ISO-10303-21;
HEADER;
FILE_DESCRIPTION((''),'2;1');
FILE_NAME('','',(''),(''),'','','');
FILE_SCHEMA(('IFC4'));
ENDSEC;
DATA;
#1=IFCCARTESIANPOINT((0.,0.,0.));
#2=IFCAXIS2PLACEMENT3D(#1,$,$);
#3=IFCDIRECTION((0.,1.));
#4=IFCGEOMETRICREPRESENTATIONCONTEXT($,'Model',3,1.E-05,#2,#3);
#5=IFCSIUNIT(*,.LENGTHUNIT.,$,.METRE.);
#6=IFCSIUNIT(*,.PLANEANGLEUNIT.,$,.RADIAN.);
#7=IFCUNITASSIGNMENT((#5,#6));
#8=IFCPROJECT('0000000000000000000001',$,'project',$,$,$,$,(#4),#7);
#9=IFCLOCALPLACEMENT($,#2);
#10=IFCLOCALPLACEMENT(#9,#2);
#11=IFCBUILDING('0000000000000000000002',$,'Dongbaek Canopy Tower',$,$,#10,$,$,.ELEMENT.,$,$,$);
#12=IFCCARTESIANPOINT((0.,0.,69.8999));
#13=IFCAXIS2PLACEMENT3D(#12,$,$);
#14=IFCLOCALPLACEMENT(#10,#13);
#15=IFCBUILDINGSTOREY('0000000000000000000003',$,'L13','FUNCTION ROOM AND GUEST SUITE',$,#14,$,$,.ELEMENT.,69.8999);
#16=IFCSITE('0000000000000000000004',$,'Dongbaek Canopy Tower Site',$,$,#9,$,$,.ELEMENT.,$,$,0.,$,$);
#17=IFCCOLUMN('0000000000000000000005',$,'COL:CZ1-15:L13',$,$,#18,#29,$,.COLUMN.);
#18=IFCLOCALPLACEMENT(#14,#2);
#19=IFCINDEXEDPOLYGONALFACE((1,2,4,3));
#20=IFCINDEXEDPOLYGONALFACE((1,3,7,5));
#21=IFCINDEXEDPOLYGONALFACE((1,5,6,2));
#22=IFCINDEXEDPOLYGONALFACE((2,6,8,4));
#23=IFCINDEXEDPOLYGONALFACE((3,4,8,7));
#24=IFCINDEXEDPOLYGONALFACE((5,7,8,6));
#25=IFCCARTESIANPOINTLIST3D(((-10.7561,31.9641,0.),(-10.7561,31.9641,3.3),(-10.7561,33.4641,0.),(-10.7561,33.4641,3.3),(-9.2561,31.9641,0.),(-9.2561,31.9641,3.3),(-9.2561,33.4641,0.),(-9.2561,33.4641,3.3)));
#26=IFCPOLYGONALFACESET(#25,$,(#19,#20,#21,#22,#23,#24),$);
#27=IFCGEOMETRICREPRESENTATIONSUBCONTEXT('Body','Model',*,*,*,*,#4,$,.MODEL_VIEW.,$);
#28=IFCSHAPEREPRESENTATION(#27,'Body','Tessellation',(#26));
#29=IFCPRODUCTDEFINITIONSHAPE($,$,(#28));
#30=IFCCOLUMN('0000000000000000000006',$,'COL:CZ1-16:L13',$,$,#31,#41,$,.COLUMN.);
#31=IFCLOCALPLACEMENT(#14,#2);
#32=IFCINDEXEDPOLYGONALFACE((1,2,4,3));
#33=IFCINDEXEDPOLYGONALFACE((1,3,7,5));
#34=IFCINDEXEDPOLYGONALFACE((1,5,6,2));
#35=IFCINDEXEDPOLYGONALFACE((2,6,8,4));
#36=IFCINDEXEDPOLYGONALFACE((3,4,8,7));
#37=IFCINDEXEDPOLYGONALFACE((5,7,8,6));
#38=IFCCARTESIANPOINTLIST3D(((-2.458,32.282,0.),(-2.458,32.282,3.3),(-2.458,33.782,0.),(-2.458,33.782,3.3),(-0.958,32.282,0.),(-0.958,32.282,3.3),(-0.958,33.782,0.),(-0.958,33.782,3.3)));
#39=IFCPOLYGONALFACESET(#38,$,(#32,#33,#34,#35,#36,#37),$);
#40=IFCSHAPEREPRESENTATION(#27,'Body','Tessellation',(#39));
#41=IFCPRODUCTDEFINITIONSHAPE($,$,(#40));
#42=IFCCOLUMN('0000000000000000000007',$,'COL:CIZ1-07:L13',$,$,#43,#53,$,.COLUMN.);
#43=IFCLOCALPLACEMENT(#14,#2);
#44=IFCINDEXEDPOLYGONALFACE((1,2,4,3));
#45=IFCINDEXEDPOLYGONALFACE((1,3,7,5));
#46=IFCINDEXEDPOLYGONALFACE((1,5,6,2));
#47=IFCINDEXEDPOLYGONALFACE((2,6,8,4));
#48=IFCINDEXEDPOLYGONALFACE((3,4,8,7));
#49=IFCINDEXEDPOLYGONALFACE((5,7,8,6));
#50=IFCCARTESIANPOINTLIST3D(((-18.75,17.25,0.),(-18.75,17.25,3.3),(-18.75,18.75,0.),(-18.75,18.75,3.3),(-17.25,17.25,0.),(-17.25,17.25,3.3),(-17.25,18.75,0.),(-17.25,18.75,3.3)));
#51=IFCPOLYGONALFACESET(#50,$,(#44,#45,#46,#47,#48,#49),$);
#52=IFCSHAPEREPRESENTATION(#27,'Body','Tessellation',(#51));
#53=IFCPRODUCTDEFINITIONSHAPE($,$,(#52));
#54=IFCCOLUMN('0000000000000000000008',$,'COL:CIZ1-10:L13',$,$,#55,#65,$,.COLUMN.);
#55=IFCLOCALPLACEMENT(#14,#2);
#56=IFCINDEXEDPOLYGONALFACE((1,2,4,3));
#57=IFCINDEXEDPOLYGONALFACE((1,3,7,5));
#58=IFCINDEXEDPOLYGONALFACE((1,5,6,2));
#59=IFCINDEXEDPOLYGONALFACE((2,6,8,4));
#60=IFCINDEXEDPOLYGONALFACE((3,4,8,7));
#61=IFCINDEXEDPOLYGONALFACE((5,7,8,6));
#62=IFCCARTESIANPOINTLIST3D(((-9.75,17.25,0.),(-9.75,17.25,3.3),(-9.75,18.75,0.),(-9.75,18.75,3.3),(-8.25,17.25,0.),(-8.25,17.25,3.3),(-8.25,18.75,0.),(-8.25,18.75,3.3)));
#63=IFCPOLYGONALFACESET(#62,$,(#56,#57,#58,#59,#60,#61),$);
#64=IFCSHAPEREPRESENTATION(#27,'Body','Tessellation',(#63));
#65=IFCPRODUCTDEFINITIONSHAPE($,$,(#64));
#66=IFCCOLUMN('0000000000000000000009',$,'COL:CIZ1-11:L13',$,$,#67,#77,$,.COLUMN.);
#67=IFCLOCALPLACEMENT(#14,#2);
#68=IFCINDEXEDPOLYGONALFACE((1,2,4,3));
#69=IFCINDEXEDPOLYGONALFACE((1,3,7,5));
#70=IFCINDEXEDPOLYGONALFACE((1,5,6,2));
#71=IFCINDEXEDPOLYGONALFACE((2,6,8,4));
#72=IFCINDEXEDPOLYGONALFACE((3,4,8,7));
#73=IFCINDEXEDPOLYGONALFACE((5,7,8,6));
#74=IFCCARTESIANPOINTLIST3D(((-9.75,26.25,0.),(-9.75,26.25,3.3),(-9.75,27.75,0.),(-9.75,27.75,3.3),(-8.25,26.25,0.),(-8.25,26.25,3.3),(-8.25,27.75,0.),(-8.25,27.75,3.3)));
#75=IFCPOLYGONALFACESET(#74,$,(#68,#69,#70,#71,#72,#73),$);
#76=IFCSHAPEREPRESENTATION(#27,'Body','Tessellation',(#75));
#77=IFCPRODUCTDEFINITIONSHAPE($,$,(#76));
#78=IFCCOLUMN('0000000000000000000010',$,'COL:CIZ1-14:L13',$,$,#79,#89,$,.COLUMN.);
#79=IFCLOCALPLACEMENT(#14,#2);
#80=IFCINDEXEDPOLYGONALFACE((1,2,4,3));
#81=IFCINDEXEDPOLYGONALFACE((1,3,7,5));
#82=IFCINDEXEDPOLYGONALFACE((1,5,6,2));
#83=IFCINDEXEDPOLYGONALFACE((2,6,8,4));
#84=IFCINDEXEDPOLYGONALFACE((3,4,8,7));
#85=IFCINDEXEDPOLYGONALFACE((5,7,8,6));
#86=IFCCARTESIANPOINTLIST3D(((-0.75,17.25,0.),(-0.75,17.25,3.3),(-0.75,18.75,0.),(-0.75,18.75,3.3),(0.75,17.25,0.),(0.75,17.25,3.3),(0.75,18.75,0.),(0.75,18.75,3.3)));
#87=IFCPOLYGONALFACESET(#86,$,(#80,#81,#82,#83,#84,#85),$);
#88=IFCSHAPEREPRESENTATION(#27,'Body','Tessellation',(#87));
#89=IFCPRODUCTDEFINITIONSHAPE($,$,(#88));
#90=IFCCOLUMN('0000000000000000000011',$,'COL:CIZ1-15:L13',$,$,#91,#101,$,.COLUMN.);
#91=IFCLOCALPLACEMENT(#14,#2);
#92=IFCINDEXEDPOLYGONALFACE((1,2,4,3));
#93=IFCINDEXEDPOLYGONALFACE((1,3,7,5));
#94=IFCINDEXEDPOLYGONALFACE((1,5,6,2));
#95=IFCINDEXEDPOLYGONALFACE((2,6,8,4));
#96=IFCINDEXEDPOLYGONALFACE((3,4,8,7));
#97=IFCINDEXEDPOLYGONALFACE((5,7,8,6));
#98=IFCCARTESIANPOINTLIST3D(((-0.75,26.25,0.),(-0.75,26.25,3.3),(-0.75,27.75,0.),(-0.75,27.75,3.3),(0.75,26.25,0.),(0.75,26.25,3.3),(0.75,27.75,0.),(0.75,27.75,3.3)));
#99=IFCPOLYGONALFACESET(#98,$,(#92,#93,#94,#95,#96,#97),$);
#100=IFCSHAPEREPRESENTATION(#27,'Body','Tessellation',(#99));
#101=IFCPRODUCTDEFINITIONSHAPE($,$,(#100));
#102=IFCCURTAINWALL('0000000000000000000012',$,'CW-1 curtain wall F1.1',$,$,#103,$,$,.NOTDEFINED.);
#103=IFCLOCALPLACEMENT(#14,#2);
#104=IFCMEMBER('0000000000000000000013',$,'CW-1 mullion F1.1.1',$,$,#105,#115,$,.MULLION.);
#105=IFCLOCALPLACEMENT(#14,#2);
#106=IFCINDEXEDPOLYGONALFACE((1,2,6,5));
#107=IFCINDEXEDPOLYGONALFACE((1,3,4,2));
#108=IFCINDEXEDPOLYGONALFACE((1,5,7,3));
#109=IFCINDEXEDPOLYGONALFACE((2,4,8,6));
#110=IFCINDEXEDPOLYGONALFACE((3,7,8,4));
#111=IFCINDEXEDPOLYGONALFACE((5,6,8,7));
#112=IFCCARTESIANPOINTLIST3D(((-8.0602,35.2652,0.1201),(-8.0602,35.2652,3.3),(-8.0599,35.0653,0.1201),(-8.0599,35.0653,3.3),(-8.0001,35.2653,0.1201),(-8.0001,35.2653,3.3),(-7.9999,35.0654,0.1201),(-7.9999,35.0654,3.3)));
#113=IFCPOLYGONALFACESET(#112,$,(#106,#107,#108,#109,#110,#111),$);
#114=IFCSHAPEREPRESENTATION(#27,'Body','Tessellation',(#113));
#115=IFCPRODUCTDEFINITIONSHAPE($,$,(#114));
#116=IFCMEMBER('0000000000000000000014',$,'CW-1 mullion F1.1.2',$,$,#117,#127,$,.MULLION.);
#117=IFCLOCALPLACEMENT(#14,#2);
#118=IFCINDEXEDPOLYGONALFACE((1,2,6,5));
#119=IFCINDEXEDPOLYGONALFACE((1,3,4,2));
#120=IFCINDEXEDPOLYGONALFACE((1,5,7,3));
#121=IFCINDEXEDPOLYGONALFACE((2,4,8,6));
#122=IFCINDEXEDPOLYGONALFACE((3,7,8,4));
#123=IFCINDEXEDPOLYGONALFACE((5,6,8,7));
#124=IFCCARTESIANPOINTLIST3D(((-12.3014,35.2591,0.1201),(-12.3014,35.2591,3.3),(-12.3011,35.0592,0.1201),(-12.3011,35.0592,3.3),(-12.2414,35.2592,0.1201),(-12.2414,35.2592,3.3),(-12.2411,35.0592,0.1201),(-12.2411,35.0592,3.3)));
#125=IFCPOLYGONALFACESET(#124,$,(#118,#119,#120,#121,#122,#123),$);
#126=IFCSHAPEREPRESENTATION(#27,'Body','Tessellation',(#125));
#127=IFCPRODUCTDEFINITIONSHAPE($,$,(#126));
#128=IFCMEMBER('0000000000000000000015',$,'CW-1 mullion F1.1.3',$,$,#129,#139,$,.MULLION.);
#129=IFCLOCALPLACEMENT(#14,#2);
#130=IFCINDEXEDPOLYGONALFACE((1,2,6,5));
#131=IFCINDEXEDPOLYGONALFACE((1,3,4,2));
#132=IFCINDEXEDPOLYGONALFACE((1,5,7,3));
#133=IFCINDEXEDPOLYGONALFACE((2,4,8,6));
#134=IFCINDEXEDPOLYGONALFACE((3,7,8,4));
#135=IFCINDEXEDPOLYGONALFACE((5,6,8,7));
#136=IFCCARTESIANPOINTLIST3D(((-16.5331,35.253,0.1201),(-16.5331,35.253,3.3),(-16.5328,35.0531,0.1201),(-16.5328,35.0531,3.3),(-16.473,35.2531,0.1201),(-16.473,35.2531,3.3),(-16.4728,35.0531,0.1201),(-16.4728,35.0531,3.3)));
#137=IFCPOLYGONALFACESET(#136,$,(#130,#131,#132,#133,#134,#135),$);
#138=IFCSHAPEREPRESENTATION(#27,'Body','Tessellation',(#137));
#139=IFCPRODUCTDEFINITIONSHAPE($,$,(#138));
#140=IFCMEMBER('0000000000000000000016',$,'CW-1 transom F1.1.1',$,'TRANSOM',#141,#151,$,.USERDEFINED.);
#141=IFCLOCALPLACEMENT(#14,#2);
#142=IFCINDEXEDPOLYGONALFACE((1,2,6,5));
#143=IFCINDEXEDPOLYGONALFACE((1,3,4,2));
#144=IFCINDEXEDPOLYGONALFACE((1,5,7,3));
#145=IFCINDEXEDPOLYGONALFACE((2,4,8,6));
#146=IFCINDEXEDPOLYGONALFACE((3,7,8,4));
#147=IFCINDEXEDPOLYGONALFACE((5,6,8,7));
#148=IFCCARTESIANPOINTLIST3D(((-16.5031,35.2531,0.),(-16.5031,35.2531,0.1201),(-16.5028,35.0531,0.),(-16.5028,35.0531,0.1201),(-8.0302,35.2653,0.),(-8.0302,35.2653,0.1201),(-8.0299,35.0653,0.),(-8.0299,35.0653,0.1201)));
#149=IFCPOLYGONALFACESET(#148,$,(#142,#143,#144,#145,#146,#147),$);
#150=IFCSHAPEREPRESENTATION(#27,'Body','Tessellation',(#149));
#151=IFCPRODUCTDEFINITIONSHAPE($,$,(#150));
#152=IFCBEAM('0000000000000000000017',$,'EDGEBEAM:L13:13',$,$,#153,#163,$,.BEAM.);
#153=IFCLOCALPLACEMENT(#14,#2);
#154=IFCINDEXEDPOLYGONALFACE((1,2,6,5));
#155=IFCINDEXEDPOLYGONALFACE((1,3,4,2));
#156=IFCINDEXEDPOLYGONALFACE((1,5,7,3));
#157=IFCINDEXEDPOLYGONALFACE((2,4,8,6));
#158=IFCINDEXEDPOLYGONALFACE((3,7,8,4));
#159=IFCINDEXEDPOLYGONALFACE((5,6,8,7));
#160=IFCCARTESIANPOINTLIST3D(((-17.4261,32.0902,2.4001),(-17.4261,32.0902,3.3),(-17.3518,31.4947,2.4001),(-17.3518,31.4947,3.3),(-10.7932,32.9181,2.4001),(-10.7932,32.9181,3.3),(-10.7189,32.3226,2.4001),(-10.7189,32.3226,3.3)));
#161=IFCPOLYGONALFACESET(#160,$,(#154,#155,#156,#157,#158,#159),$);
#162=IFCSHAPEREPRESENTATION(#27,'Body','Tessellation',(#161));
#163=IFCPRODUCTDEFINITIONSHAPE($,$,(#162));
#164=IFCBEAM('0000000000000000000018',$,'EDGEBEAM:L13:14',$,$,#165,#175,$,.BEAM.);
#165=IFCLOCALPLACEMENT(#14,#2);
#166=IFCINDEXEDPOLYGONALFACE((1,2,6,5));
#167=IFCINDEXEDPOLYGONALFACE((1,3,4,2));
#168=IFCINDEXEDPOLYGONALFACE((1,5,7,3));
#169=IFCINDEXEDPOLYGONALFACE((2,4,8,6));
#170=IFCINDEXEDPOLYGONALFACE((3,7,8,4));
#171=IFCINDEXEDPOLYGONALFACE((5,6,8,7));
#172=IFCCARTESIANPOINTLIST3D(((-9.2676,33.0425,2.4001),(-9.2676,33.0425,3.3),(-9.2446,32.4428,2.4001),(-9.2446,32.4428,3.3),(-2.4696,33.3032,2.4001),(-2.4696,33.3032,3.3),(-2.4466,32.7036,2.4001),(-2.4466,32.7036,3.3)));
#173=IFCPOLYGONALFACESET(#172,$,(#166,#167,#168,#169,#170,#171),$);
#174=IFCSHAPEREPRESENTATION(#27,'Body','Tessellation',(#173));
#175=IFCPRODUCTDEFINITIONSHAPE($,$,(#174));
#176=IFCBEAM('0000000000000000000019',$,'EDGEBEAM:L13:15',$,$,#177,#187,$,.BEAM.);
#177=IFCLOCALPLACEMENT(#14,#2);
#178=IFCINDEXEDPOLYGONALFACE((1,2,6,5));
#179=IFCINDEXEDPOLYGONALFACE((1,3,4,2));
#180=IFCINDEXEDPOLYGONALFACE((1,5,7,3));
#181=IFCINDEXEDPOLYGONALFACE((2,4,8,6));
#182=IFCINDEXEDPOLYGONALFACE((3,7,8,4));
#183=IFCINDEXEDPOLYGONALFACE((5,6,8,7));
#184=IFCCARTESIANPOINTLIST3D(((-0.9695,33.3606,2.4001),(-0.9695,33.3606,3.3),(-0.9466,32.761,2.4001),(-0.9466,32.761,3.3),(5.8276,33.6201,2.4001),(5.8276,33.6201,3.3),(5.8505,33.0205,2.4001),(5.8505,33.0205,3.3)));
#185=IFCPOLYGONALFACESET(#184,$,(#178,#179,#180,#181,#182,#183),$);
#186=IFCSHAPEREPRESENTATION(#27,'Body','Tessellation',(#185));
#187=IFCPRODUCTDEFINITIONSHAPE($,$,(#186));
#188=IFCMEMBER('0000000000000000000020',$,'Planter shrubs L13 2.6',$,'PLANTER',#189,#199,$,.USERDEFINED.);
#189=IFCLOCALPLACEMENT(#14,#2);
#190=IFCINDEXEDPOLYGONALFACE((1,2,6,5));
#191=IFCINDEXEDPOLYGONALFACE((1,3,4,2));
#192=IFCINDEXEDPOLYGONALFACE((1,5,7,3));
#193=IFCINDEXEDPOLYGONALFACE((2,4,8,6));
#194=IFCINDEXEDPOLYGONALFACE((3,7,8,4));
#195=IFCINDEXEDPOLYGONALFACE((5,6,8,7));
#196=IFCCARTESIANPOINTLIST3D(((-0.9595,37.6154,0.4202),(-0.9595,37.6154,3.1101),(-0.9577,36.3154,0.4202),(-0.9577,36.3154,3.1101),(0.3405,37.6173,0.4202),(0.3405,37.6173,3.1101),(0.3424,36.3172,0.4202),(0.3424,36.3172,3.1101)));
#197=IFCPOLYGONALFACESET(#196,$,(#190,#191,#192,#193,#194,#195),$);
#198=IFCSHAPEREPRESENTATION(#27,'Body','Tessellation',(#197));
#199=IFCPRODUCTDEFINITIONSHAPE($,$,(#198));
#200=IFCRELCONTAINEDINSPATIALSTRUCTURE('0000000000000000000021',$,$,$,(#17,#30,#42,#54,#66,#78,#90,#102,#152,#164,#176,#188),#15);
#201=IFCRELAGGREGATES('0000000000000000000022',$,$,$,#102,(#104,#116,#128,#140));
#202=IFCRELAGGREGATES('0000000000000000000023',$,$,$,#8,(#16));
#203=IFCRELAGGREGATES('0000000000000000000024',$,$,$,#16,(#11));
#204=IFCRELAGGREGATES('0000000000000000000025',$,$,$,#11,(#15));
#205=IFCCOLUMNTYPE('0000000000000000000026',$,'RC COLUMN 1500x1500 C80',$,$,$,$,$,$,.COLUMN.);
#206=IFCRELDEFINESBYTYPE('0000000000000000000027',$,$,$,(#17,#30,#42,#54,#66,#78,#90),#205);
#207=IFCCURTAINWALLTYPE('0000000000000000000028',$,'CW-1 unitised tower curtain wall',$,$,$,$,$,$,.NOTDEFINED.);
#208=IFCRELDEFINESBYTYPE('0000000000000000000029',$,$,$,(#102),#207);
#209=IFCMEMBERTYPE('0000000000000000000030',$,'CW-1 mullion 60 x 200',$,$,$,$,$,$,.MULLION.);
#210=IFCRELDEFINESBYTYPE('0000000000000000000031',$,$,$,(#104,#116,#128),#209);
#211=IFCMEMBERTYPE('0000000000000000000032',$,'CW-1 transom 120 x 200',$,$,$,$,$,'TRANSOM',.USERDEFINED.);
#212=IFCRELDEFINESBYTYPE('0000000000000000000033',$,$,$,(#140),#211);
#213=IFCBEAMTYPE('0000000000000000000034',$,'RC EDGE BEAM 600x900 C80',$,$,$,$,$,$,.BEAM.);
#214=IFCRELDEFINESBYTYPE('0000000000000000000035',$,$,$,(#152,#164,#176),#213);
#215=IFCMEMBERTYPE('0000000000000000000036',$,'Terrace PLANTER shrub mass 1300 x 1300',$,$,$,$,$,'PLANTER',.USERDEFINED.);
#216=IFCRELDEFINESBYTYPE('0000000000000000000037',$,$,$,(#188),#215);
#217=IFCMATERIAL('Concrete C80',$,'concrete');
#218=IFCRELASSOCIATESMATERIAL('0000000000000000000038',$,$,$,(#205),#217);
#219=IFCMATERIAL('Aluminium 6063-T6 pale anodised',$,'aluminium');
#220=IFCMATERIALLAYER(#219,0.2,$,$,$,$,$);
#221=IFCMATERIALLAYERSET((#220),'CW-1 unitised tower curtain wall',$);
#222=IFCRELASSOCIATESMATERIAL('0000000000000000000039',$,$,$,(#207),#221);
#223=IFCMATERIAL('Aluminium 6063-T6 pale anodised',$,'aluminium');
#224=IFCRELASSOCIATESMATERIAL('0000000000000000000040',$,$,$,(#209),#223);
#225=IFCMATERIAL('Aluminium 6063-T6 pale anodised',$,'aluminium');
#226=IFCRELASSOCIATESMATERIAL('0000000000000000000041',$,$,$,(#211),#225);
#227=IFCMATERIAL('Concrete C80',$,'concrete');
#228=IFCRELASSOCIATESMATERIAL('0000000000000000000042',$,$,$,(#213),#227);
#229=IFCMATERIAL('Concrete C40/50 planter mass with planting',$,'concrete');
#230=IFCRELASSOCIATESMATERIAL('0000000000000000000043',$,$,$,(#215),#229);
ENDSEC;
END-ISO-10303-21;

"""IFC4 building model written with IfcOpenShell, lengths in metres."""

from ifc_helpers import new_model, si_unit, direction, frame, origin, origin_2d, place, context, subcontext, project, spatial, rectangle, extrude, material, layer, layer_set, material_profile, profile_set, type_object, element, aggregate, save


model = new_model("IFC4")

# Units and contexts
model_context = context("Model", 3, precision=1e-05, world=origin(), true_north=direction((0.0, 1.0)))
body_context = subcontext(model_context, "Body", "Model", "MODEL_VIEW")
ifc_project = project(units=[si_unit("LENGTHUNIT", "METRE"), si_unit("PLANEANGLEUNIT", "RADIAN")], contexts=[model_context])

# Site, building, storey
site_placement = place(None, origin())
site = spatial("IfcSite", under=ifc_project, at=site_placement, Name="Dongbaek Canopy Tower Site", CompositionType="ELEMENT", RefElevation=0.0)
building_placement = place(site_placement, origin())
building = spatial("IfcBuilding", under=site, at=building_placement, Name="Dongbaek Canopy Tower", CompositionType="ELEMENT")
storey_placement = place(building_placement, frame((0.0, 0.0, 69.8999)))
storey = spatial("IfcBuildingStorey", under=building, at=storey_placement, Name="L13", Description="FUNCTION ROOM AND GUEST SUITE", CompositionType="ELEMENT", Elevation=69.8999)

# Columns
ifc_material_1 = material(Name="Concrete C80", Category="concrete")
ifc_material_profile_1 = material_profile(ifc_material_1, rectangle(XDim=1.5, YDim=1.5, at=origin_2d()), Name="RC COLUMN 1500x1500 C80")
ifc_profile_set_1 = profile_set([ifc_material_profile_1], Name="Concrete C80")
column_type = type_object("IfcColumnType", Name="RC COLUMN 1500x1500 C80", PredefinedType="COLUMN", material=ifc_profile_set_1)
for number, where, z_axis, x_axis, name in (
    (1, (-10.0061, 32.7141, 0.0), (0.0, 0.0, 1.0), (1.0, 0.0, 0.0), "COL:CZ1-15:L13"),
    (2, (-1.708, 33.032, 0.0), (0.0, 0.0, 1.0), (1.0, 0.0, 0.0), "COL:CZ1-16:L13"),
    (3, (-18.0, 18.0, 0.0), (0.0, 0.0, 1.0), (1.0, 0.0, 0.0), "COL:CIZ1-07:L13"),
    (4, (-9.0, 18.0, 0.0), (0.0, 0.0, 1.0), (1.0, 0.0, 0.0), "COL:CIZ1-10:L13"),
    (5, (-9.0, 27.0, 0.0), (0.0, 0.0, 1.0), (1.0, 0.0, 0.0), "COL:CIZ1-11:L13"),
    (6, (0.0, 18.0, 0.0), (0.0, 0.0, 1.0), (1.0, 0.0, 0.0), "COL:CIZ1-14:L13"),
    (7, (0.0, 27.0, 0.0), (0.0, 0.0, 1.0), (1.0, 0.0, 0.0), "COL:CIZ1-15:L13"),
):
    element("IfcColumn", number, at=place(storey_placement, frame(where, z_axis=z_axis, x_axis=x_axis)), inside=storey, type_object=column_type, Name=name, PredefinedType="COLUMN", context=body_context, shape_type="SweptSolid", body=[
        extrude(rectangle(XDim=1.5, YDim=1.5, at=origin_2d()), origin(), (0.0, 0.0, 1.0), 3.3),
    ])

# Curtain wall, members
ifc_material_2 = material(Name="Aluminium 6063-T6 pale anodised", Category="aluminium")
ifc_layer_1 = layer(ifc_material_2, 0.2)
ifc_layer_set_1 = layer_set([ifc_layer_1], Name="CW-1 unitised tower curtain wall")
curtain_wall_type = type_object("IfcCurtainWallType", Name="CW-1 unitised tower curtain wall", PredefinedType="NOTDEFINED", material=ifc_layer_set_1)
curtain_wall_1_placement = place(storey_placement, origin())
curtain_wall_1 = element("IfcCurtainWall", 8, at=curtain_wall_1_placement, inside=storey, type_object=curtain_wall_type, Name="CW-1 curtain wall F1.1", PredefinedType="NOTDEFINED")
ifc_material_3 = material(Name="Aluminium 6063-T6 pale anodised", Category="aluminium")
ifc_material_profile_2 = material_profile(ifc_material_3, rectangle(XDim=0.2, YDim=0.0601, at=origin_2d()), Name="CW-1 mullion 60 x 200")
ifc_profile_set_2 = profile_set([ifc_material_profile_2], Name="Aluminium 6063-T6 pale anodised")
member_type_1 = type_object("IfcMemberType", Name="CW-1 mullion 60 x 200", PredefinedType="MULLION", material=ifc_profile_set_2)
member_1_placement = place(storey_placement, frame((-8.03, 35.1653, 0.1201), z_axis=(0.0, 0.0, 1.0), x_axis=(-0.001434, 0.999999, 0.0)))
member_1 = element("IfcMember", 9, at=member_1_placement, type_object=member_type_1, Name="CW-1 mullion F1.1.1", PredefinedType="MULLION", context=body_context, shape_type="SweptSolid", body=[
    extrude(rectangle(XDim=0.2, YDim=0.0601, at=origin_2d()), origin(), (0.0, 0.0, 1.0), 3.1799),
])
member_2_placement = place(storey_placement, frame((-12.2712, 35.1592, 0.1201), z_axis=(0.0, 0.0, 1.0), x_axis=(-0.001434, 0.999999, 0.0)))
member_2 = element("IfcMember", 10, at=member_2_placement, type_object=member_type_1, Name="CW-1 mullion F1.1.2", PredefinedType="MULLION", context=body_context, shape_type="SweptSolid", body=[
    extrude(rectangle(XDim=0.2, YDim=0.0601, at=origin_2d()), origin(), (0.0, 0.0, 1.0), 3.1799),
])
member_3_placement = place(storey_placement, frame((-16.5029, 35.1531, 0.1201), z_axis=(0.0, 0.0, 1.0), x_axis=(-0.001434, 0.999999, 0.0)))
member_3 = element("IfcMember", 11, at=member_3_placement, type_object=member_type_1, Name="CW-1 mullion F1.1.3", PredefinedType="MULLION", context=body_context, shape_type="SweptSolid", body=[
    extrude(rectangle(XDim=0.2, YDim=0.0601, at=origin_2d()), origin(), (0.0, 0.0, 1.0), 3.1799),
])
ifc_material_4 = material(Name="Aluminium 6063-T6 pale anodised", Category="aluminium")
ifc_material_profile_3 = material_profile(ifc_material_4, rectangle(XDim=0.2, YDim=0.1201, at=origin_2d()), Name="CW-1 transom 120 x 200")
ifc_profile_set_3 = profile_set([ifc_material_profile_3], Name="Aluminium 6063-T6 pale anodised")
member_type_2 = type_object("IfcMemberType", Name="CW-1 transom 120 x 200", ElementType="TRANSOM", PredefinedType="USERDEFINED", material=ifc_profile_set_3)
member_4_placement = place(storey_placement, frame((-8.03, 35.1653, 0.0601), z_axis=(-0.999999, -0.001441, 0.0), x_axis=(0.001441, -0.999999, 0.0)))
member_4 = element("IfcMember", 12, at=member_4_placement, type_object=member_type_2, Name="CW-1 transom F1.1.1", ObjectType="TRANSOM", PredefinedType="USERDEFINED", context=body_context, shape_type="SweptSolid", body=[
    extrude(rectangle(XDim=0.2, YDim=0.1201, at=origin_2d()), origin(), (0.0, 0.0, 1.0), 8.4729),
])

# Beams
ifc_material_5 = material(Name="Concrete C80", Category="concrete")
ifc_material_profile_4 = material_profile(ifc_material_5, rectangle(XDim=0.6001, YDim=0.8999, at=origin_2d()), Name="RC EDGE BEAM 600x900 C80")
ifc_profile_set_4 = profile_set([ifc_material_profile_4], Name="Concrete C80")
beam_type = type_object("IfcBeamType", Name="RC EDGE BEAM 600x900 C80", PredefinedType="BEAM", material=ifc_profile_set_4)
beam_1_placement = place(storey_placement, frame((-17.3889, 31.7925, 2.8501), z_axis=(0.9923, 0.123855, 0.0), x_axis=(-0.123855, 0.9923, 0.0)))
element("IfcBeam", 13, at=beam_1_placement, inside=storey, type_object=beam_type, Name="EDGEBEAM:L13:13", PredefinedType="BEAM", context=body_context, shape_type="SweptSolid", body=[
    extrude(rectangle(XDim=0.6001, YDim=0.8999, at=origin_2d()), origin(), (0.0, 0.0, 1.0), 6.6843),
])
beam_2_placement = place(storey_placement, frame((-9.2561, 32.7427, 2.8501), z_axis=(0.999265, 0.038327, 0.0), x_axis=(-0.038327, 0.999265, 0.0)))
element("IfcBeam", 14, at=beam_2_placement, inside=storey, type_object=beam_type, Name="EDGEBEAM:L13:14", PredefinedType="BEAM", context=body_context, shape_type="SweptSolid", body=[
    extrude(rectangle(XDim=0.6001, YDim=0.8999, at=origin_2d()), origin(), (0.0, 0.0, 1.0), 6.803),
])
beam_3_placement = place(storey_placement, frame((-0.958, 33.0608, 2.8501), z_axis=(0.999272, 0.038153, 0.0), x_axis=(-0.038153, 0.999272, 0.0)))
element("IfcBeam", 15, at=beam_3_placement, inside=storey, type_object=beam_type, Name="EDGEBEAM:L13:15", PredefinedType="BEAM", context=body_context, shape_type="SweptSolid", body=[
    extrude(rectangle(XDim=0.6001, YDim=0.8999, at=origin_2d()), origin(), (0.0, 0.0, 1.0), 6.802),
])

# Member
ifc_material_6 = material(Name="Concrete C40/50 planter mass with planting", Category="concrete")
ifc_material_profile_5 = material_profile(ifc_material_6, rectangle(XDim=1.3, YDim=1.3, at=origin_2d()), Name="Terrace PLANTER shrub mass 1300 x 1300")
ifc_profile_set_5 = profile_set([ifc_material_profile_5], Name="Concrete C40/50 planter mass with planting")
member_type_3 = type_object("IfcMemberType", Name="Terrace PLANTER shrub mass 1300 x 1300", ElementType="PLANTER", PredefinedType="USERDEFINED", material=ifc_profile_set_5)
member_5_placement = place(storey_placement, frame((-0.3086, 36.9663, 0.4202), z_axis=(0.0, 0.0, 1.0), x_axis=(-0.001434, 0.999999, 0.0)))
element("IfcMember", 16, at=member_5_placement, inside=storey, type_object=member_type_3, Name="Planter shrubs L13 2.6", ObjectType="PLANTER", PredefinedType="USERDEFINED", context=body_context, shape_type="SweptSolid", body=[
    extrude(rectangle(XDim=1.3, YDim=1.3, at=origin_2d()), origin(), (0.0, 0.0, 1.0), 2.6899),
])

aggregate(curtain_wall_1, [member_1, member_2, member_3, member_4])

save(model, "model.ifc")
